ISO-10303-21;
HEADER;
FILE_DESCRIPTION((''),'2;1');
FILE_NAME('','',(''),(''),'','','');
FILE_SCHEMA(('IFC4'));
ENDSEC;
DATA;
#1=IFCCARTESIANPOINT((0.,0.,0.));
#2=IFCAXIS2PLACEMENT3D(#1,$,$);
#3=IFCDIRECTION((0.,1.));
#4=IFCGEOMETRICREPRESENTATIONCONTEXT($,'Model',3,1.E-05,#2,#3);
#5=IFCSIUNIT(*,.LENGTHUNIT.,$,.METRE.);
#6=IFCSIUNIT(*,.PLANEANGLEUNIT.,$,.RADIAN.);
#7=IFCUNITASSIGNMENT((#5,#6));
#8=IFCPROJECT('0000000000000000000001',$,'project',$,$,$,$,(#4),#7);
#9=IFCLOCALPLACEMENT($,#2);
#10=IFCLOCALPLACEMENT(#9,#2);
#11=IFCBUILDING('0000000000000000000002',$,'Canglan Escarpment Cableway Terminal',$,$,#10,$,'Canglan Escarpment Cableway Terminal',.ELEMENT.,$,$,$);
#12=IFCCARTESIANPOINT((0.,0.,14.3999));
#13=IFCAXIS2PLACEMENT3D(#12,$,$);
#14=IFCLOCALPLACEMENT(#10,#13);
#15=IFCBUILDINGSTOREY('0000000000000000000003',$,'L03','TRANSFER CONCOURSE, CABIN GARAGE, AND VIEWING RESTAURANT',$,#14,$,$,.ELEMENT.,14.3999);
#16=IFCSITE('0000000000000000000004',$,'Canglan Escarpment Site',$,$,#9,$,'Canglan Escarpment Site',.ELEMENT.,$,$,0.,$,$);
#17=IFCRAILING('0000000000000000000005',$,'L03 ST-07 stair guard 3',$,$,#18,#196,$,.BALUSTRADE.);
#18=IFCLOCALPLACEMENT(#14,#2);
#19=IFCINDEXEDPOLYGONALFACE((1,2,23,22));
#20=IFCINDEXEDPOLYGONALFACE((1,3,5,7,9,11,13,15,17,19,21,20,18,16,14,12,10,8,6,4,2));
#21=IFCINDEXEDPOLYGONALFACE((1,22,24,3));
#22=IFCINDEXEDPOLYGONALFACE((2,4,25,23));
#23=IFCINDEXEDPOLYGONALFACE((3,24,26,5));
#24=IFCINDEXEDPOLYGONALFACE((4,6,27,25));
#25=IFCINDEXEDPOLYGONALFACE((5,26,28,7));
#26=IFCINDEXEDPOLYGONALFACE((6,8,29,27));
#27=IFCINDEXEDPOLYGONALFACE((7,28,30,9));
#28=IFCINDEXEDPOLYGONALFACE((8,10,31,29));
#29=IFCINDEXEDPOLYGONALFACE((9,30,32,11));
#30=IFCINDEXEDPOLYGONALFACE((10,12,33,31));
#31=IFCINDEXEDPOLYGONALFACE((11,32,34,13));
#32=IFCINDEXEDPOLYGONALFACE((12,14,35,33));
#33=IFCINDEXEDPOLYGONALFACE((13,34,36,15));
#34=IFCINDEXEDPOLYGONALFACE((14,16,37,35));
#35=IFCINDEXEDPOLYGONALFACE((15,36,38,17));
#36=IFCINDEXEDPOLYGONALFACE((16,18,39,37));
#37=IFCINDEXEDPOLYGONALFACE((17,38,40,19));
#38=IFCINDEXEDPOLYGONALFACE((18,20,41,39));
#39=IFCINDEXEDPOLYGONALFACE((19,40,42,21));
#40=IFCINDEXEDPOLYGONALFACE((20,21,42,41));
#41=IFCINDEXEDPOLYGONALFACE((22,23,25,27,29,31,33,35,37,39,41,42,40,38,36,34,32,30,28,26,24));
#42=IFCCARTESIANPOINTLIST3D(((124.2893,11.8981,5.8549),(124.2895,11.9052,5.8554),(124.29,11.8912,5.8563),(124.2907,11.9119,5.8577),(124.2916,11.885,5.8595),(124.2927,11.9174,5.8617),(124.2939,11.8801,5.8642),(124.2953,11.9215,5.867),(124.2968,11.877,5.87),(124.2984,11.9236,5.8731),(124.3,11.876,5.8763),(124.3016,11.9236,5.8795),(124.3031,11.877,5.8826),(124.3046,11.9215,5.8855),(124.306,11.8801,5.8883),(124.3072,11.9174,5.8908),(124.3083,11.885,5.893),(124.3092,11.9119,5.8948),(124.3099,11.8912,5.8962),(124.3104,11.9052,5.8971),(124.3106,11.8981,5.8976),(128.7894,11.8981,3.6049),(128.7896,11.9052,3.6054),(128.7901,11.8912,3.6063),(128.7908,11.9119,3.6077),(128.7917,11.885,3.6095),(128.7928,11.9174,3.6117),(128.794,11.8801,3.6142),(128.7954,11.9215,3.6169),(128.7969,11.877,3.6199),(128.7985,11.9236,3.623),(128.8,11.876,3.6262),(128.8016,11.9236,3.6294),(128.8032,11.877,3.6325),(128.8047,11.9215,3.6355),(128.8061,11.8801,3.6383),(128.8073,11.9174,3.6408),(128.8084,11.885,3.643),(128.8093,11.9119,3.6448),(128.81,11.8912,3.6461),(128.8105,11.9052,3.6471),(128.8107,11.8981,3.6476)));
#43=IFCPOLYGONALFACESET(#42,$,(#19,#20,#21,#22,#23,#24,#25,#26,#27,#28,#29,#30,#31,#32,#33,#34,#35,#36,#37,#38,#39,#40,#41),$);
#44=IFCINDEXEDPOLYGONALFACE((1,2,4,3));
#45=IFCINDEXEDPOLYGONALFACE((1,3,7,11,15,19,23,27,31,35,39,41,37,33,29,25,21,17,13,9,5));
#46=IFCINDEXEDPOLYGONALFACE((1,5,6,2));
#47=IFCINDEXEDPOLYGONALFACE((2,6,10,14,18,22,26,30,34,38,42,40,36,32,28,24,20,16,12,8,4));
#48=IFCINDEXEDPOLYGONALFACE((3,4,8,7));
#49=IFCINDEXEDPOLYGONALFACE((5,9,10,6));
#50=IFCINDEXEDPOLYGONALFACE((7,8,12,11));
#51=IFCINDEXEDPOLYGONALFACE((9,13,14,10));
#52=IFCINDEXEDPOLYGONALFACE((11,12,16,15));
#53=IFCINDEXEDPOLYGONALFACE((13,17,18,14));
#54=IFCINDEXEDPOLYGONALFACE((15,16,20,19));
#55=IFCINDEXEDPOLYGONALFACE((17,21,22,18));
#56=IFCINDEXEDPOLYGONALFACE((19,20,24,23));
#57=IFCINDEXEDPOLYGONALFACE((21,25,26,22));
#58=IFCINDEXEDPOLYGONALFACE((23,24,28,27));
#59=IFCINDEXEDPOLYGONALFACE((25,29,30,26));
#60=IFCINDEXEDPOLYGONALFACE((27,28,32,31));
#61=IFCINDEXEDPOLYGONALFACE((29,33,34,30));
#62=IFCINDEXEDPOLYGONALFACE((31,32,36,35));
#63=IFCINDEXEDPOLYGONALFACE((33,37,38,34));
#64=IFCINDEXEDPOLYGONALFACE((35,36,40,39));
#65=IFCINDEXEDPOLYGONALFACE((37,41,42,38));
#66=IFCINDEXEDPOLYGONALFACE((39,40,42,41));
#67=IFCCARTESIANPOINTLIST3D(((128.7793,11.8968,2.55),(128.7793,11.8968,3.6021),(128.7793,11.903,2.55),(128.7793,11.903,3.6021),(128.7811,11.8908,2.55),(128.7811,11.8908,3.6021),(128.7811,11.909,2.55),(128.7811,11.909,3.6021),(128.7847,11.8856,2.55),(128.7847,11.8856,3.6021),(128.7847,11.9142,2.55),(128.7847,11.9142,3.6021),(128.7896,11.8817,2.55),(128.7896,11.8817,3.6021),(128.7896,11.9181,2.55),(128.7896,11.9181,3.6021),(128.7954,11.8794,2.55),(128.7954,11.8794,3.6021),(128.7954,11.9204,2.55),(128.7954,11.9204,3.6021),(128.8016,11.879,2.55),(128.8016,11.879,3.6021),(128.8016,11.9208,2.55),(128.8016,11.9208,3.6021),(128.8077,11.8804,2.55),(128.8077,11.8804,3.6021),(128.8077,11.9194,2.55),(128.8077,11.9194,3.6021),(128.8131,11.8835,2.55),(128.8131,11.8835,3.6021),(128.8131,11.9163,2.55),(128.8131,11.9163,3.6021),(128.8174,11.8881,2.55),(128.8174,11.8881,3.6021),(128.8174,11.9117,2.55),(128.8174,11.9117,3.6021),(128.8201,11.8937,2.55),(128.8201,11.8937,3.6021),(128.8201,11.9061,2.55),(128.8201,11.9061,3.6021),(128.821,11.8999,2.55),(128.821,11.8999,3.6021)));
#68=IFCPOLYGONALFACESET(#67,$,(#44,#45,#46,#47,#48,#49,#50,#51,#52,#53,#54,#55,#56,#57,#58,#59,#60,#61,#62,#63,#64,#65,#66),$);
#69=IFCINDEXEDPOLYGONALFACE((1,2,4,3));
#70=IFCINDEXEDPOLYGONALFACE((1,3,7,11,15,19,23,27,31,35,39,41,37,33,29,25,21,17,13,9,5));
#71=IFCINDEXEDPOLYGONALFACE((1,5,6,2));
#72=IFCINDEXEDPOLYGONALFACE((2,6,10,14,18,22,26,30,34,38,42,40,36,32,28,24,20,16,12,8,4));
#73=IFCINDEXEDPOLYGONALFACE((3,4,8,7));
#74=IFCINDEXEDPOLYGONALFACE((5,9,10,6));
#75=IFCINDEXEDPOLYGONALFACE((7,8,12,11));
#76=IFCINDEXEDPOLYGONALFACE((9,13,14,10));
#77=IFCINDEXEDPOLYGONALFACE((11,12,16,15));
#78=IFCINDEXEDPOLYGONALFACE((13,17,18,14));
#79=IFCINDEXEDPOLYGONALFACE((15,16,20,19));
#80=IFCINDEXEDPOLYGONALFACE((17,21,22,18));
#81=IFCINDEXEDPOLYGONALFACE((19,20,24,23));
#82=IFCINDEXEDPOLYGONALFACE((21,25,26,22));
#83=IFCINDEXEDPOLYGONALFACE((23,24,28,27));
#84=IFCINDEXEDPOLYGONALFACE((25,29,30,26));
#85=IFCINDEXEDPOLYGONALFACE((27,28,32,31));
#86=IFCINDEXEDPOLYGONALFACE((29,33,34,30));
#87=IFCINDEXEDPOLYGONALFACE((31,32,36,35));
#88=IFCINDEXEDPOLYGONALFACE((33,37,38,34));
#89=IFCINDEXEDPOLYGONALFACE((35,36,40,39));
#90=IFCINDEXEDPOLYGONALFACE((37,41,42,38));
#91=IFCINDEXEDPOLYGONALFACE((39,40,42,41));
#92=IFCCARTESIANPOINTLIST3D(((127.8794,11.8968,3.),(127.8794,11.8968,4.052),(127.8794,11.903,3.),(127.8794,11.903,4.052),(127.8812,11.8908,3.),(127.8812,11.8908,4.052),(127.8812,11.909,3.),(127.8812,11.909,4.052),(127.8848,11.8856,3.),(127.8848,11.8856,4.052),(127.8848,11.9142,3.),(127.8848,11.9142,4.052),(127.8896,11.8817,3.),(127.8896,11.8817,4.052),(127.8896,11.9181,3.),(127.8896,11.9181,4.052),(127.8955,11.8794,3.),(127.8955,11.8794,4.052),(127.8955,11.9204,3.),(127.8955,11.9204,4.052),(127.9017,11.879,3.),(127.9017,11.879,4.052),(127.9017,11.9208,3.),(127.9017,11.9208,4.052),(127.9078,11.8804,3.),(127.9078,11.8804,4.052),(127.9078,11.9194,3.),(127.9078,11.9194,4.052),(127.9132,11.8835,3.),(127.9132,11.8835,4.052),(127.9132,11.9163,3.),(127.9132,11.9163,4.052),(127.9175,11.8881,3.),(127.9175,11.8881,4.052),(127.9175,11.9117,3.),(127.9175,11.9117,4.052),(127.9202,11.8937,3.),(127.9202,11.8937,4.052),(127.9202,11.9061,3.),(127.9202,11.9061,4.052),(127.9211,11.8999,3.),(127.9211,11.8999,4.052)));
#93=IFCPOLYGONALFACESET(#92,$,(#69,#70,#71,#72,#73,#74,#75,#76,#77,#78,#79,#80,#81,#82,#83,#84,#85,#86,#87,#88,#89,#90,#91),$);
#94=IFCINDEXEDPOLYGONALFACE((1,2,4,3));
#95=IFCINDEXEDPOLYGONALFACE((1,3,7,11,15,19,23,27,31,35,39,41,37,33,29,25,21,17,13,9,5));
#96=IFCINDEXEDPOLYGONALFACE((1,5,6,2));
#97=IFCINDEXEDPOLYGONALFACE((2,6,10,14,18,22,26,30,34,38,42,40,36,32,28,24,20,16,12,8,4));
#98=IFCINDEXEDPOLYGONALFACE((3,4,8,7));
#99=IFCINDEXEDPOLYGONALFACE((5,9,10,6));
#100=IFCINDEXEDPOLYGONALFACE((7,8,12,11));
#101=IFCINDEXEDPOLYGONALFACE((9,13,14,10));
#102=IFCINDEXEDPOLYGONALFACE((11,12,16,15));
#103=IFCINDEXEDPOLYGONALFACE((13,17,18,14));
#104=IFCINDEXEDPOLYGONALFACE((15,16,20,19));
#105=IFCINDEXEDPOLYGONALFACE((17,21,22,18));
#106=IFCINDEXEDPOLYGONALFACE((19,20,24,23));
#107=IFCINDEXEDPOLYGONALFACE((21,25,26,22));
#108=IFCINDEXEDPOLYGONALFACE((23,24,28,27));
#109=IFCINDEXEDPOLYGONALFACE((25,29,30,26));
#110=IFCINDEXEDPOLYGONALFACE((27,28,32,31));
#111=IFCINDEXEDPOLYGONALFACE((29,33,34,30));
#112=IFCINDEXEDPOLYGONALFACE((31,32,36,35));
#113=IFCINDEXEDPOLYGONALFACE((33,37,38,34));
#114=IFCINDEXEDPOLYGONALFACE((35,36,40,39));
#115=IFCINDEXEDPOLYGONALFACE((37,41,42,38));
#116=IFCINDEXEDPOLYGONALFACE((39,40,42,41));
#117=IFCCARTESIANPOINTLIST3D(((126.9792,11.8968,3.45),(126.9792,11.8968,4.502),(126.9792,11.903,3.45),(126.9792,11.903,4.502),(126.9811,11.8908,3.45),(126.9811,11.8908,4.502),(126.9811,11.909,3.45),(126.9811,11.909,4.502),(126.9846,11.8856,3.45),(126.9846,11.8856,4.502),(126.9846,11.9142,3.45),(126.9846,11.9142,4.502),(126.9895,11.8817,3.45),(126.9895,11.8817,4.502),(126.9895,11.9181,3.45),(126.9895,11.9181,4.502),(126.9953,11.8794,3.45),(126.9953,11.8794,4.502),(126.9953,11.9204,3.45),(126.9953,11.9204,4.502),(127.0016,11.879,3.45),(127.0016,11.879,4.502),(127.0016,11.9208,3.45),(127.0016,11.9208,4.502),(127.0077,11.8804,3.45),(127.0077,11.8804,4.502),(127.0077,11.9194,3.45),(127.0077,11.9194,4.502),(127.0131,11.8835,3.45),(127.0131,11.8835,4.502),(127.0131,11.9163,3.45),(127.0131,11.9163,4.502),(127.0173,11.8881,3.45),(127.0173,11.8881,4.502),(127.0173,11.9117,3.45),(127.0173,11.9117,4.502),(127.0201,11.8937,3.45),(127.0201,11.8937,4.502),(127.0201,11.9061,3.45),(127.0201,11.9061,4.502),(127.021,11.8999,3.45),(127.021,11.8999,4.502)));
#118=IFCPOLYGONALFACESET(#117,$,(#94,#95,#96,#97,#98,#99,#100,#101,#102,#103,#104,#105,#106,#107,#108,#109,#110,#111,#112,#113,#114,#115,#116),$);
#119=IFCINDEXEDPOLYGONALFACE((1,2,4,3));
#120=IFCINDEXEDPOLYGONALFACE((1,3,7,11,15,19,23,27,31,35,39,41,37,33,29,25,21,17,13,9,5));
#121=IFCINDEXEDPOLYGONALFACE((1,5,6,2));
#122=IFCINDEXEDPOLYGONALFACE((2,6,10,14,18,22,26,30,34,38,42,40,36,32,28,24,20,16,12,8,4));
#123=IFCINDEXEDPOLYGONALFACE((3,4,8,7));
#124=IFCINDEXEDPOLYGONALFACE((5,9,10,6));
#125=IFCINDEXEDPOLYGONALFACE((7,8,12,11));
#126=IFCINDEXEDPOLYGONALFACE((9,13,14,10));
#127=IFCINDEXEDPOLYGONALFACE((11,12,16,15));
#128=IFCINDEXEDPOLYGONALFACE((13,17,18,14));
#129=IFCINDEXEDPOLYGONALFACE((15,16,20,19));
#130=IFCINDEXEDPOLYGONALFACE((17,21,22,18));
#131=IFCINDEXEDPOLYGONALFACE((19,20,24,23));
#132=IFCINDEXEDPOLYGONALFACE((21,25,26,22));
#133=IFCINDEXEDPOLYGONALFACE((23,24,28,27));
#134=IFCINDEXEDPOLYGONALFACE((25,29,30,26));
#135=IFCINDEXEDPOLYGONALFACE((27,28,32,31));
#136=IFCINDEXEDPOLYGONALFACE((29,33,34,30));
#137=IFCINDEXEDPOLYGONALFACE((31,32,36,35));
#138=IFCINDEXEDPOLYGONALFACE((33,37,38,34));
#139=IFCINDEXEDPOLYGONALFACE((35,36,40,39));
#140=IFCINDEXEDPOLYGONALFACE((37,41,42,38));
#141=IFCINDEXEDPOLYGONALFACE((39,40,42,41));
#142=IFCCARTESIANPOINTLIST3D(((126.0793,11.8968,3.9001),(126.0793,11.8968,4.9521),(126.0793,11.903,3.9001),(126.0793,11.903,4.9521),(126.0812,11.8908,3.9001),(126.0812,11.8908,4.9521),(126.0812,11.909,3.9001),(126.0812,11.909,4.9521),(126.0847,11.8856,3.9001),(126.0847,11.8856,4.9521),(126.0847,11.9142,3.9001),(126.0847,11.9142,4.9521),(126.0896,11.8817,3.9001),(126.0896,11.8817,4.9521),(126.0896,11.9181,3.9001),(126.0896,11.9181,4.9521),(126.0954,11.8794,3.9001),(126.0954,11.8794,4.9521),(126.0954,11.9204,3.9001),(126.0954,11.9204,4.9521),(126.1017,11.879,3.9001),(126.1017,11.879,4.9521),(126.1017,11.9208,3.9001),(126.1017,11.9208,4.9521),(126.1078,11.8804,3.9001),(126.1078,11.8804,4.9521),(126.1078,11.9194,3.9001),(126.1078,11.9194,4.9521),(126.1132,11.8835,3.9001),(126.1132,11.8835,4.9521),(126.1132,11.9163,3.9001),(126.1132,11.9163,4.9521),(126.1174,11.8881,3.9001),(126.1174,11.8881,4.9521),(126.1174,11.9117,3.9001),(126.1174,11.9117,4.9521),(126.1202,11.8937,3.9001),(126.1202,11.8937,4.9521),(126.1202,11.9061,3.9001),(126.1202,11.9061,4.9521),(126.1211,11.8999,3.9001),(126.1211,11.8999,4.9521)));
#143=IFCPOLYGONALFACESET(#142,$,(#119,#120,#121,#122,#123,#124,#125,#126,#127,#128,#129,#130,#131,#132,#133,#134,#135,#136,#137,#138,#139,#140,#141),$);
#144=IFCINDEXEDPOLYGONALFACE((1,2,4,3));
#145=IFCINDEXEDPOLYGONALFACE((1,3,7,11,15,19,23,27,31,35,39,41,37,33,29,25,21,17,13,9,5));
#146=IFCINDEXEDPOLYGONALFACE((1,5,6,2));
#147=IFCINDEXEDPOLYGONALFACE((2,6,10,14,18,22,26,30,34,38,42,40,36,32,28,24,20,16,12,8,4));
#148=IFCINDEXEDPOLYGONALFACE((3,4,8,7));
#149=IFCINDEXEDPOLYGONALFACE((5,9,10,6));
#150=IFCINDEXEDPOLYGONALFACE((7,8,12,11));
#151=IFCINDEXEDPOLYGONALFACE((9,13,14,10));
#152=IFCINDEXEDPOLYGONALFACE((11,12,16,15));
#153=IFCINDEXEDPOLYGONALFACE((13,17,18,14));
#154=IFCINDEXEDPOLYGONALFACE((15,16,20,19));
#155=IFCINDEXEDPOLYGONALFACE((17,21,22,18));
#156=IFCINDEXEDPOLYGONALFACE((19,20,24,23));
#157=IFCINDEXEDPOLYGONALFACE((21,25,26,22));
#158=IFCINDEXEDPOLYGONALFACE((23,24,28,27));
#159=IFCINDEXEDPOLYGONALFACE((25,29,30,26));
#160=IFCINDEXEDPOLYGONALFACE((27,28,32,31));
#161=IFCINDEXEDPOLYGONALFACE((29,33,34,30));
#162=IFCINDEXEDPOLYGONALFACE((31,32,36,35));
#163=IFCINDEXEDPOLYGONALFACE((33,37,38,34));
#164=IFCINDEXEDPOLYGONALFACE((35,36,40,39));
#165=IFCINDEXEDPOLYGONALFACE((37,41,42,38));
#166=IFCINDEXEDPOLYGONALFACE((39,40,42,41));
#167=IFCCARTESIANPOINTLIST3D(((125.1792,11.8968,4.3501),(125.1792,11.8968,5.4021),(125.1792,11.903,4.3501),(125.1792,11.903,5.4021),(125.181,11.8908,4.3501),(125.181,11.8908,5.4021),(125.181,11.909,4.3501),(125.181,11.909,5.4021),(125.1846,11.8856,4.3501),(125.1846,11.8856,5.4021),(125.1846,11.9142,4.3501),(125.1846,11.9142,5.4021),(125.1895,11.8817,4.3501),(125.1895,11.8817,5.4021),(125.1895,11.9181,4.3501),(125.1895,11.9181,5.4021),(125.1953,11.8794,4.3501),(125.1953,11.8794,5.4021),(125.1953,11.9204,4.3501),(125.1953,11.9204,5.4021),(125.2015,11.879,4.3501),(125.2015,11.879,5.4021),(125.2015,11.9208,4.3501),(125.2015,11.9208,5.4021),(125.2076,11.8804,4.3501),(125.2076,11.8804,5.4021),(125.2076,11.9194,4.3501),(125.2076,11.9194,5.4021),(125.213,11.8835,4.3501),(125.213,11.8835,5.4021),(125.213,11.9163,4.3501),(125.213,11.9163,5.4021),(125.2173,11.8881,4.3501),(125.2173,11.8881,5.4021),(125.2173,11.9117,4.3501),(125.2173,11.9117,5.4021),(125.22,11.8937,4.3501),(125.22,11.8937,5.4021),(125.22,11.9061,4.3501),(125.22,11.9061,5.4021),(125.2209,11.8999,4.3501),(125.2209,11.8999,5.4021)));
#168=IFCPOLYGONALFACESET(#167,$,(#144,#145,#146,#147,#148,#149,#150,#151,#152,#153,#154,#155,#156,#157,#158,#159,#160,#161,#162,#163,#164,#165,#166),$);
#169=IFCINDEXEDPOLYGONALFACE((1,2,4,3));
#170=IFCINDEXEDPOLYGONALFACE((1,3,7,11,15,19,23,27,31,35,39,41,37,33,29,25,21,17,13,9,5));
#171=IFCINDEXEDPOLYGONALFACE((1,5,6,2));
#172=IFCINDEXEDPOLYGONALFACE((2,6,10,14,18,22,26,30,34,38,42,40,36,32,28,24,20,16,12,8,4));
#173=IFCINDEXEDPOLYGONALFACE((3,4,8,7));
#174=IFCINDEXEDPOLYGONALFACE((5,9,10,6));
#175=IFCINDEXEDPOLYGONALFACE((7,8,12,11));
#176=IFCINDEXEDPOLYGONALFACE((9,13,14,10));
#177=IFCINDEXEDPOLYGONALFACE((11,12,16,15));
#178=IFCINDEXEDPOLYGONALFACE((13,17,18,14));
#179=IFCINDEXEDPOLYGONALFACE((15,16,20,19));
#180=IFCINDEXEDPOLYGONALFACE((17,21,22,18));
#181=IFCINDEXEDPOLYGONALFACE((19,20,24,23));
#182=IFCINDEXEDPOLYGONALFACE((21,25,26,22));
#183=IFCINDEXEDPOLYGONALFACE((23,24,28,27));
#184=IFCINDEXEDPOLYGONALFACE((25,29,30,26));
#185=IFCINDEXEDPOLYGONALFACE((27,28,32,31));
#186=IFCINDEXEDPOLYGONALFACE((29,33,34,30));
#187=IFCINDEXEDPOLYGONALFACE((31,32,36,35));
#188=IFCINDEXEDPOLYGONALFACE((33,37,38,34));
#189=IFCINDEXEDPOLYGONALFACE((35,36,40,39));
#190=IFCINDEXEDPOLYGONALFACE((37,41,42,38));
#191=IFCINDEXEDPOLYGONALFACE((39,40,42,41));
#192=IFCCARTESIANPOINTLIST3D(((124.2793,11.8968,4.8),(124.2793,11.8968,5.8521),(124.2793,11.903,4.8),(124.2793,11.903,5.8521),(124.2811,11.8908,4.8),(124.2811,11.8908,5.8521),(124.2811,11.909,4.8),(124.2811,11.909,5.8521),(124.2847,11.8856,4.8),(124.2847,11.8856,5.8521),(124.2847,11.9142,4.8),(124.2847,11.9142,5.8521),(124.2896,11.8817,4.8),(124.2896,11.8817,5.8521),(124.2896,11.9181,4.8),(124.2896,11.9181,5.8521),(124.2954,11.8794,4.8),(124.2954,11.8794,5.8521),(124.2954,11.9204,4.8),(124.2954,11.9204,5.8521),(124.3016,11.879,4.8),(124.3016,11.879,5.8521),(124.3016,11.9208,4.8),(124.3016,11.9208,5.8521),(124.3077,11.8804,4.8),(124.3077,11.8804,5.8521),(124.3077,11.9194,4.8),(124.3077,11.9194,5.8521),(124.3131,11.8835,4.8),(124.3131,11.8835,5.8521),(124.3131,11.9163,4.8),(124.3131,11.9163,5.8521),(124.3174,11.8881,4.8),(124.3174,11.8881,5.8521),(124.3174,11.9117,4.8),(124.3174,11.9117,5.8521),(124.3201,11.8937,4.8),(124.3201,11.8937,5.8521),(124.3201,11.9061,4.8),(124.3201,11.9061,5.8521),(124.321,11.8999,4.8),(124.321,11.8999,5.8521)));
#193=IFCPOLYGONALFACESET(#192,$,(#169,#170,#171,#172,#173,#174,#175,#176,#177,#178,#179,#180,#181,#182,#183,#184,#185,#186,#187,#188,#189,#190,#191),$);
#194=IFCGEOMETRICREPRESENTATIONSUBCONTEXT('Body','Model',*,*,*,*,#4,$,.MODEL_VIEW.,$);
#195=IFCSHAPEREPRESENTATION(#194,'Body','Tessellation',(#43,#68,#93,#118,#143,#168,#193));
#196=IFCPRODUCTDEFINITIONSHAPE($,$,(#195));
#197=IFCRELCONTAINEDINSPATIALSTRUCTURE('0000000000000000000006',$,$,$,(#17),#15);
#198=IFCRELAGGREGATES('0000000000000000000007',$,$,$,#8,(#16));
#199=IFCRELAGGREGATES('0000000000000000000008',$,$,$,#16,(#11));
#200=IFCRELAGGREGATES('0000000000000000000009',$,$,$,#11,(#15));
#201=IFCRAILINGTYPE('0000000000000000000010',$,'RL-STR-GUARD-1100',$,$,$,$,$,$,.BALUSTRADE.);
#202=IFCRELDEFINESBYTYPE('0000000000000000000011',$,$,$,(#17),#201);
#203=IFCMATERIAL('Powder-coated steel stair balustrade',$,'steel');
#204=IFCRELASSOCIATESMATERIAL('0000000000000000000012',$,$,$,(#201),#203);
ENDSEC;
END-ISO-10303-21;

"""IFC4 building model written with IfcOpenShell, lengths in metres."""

from ifc_helpers import new_model, si_unit, direction, frame, origin, origin_2d, place, context, subcontext, project, spatial, circle, extrude, material, type_object, element, save


model = new_model("IFC4")

# Units and contexts
model_context = context("Model", 3, precision=1e-05, world=origin(), true_north=direction((0.0, 1.0)))
body_context = subcontext(model_context, "Body", "Model", "MODEL_VIEW")
ifc_project = project(units=[si_unit("LENGTHUNIT", "METRE"), si_unit("PLANEANGLEUNIT", "RADIAN")], contexts=[model_context])

# Site, building, storey
site_placement = place(None, origin())
site = spatial("IfcSite", under=ifc_project, at=site_placement, Name="Canglan Escarpment Site", LongName="Canglan Escarpment Site", CompositionType="ELEMENT", RefElevation=0.0)
building_placement = place(site_placement, origin())
building = spatial("IfcBuilding", under=site, at=building_placement, Name="Canglan Escarpment Cableway Terminal", LongName="Canglan Escarpment Cableway Terminal", CompositionType="ELEMENT")
storey_placement = place(building_placement, frame((0.0, 0.0, 14.3999)))
storey = spatial("IfcBuildingStorey", under=building, at=storey_placement, Name="L03", Description="TRANSFER CONCOURSE, CABIN GARAGE, AND VIEWING RESTAURANT", CompositionType="ELEMENT", Elevation=14.3999)

# Railing
ifc_material_1 = material(Name="Powder-coated steel stair balustrade", Category="steel")
railing_type_1 = type_object("IfcRailingType", Name="RL-STR-GUARD-1100", PredefinedType="BALUSTRADE", material=ifc_material_1)
railing_1_placement = place(storey_placement, frame((128.8, 11.8999, 2.55)))
element("IfcRailing", 1, at=railing_1_placement, inside=storey, type_object=railing_type_1, Name="L03 ST-07 stair guard 3", PredefinedType="BALUSTRADE", context=body_context, shape_type="SweptSolid", body=[
    extrude(circle(Radius=0.0239, at=origin_2d()), frame((0.0, 0.0, 1.0762), z_axis=(-0.894427, 0.0, 0.447214), x_axis=(0.0, -1.0, 0.0)), (0.0, 0.0, 1.0), 5.0312),
    extrude(circle(Radius=0.021, at=origin_2d()), origin(), (0.0, 0.0, 1.0), 1.052),
    extrude(circle(Radius=0.021, at=origin_2d()), frame((-0.8999, 0.0, 0.45)), (0.0, 0.0, 1.0), 1.052),
    extrude(circle(Radius=0.021, at=origin_2d()), frame((-1.8, 0.0, 0.8999)), (0.0, 0.0, 1.0), 1.052),
    extrude(circle(Radius=0.021, at=origin_2d()), frame((-2.7, 0.0, 1.3501)), (0.0, 0.0, 1.0), 1.052),
    extrude(circle(Radius=0.021, at=origin_2d()), frame((-3.6001, 0.0, 1.8)), (0.0, 0.0, 1.0), 1.052),
    extrude(circle(Radius=0.021, at=origin_2d()), frame((-4.5, 0.0, 2.25)), (0.0, 0.0, 1.0), 1.052),
])

save(model, "model.ifc")
